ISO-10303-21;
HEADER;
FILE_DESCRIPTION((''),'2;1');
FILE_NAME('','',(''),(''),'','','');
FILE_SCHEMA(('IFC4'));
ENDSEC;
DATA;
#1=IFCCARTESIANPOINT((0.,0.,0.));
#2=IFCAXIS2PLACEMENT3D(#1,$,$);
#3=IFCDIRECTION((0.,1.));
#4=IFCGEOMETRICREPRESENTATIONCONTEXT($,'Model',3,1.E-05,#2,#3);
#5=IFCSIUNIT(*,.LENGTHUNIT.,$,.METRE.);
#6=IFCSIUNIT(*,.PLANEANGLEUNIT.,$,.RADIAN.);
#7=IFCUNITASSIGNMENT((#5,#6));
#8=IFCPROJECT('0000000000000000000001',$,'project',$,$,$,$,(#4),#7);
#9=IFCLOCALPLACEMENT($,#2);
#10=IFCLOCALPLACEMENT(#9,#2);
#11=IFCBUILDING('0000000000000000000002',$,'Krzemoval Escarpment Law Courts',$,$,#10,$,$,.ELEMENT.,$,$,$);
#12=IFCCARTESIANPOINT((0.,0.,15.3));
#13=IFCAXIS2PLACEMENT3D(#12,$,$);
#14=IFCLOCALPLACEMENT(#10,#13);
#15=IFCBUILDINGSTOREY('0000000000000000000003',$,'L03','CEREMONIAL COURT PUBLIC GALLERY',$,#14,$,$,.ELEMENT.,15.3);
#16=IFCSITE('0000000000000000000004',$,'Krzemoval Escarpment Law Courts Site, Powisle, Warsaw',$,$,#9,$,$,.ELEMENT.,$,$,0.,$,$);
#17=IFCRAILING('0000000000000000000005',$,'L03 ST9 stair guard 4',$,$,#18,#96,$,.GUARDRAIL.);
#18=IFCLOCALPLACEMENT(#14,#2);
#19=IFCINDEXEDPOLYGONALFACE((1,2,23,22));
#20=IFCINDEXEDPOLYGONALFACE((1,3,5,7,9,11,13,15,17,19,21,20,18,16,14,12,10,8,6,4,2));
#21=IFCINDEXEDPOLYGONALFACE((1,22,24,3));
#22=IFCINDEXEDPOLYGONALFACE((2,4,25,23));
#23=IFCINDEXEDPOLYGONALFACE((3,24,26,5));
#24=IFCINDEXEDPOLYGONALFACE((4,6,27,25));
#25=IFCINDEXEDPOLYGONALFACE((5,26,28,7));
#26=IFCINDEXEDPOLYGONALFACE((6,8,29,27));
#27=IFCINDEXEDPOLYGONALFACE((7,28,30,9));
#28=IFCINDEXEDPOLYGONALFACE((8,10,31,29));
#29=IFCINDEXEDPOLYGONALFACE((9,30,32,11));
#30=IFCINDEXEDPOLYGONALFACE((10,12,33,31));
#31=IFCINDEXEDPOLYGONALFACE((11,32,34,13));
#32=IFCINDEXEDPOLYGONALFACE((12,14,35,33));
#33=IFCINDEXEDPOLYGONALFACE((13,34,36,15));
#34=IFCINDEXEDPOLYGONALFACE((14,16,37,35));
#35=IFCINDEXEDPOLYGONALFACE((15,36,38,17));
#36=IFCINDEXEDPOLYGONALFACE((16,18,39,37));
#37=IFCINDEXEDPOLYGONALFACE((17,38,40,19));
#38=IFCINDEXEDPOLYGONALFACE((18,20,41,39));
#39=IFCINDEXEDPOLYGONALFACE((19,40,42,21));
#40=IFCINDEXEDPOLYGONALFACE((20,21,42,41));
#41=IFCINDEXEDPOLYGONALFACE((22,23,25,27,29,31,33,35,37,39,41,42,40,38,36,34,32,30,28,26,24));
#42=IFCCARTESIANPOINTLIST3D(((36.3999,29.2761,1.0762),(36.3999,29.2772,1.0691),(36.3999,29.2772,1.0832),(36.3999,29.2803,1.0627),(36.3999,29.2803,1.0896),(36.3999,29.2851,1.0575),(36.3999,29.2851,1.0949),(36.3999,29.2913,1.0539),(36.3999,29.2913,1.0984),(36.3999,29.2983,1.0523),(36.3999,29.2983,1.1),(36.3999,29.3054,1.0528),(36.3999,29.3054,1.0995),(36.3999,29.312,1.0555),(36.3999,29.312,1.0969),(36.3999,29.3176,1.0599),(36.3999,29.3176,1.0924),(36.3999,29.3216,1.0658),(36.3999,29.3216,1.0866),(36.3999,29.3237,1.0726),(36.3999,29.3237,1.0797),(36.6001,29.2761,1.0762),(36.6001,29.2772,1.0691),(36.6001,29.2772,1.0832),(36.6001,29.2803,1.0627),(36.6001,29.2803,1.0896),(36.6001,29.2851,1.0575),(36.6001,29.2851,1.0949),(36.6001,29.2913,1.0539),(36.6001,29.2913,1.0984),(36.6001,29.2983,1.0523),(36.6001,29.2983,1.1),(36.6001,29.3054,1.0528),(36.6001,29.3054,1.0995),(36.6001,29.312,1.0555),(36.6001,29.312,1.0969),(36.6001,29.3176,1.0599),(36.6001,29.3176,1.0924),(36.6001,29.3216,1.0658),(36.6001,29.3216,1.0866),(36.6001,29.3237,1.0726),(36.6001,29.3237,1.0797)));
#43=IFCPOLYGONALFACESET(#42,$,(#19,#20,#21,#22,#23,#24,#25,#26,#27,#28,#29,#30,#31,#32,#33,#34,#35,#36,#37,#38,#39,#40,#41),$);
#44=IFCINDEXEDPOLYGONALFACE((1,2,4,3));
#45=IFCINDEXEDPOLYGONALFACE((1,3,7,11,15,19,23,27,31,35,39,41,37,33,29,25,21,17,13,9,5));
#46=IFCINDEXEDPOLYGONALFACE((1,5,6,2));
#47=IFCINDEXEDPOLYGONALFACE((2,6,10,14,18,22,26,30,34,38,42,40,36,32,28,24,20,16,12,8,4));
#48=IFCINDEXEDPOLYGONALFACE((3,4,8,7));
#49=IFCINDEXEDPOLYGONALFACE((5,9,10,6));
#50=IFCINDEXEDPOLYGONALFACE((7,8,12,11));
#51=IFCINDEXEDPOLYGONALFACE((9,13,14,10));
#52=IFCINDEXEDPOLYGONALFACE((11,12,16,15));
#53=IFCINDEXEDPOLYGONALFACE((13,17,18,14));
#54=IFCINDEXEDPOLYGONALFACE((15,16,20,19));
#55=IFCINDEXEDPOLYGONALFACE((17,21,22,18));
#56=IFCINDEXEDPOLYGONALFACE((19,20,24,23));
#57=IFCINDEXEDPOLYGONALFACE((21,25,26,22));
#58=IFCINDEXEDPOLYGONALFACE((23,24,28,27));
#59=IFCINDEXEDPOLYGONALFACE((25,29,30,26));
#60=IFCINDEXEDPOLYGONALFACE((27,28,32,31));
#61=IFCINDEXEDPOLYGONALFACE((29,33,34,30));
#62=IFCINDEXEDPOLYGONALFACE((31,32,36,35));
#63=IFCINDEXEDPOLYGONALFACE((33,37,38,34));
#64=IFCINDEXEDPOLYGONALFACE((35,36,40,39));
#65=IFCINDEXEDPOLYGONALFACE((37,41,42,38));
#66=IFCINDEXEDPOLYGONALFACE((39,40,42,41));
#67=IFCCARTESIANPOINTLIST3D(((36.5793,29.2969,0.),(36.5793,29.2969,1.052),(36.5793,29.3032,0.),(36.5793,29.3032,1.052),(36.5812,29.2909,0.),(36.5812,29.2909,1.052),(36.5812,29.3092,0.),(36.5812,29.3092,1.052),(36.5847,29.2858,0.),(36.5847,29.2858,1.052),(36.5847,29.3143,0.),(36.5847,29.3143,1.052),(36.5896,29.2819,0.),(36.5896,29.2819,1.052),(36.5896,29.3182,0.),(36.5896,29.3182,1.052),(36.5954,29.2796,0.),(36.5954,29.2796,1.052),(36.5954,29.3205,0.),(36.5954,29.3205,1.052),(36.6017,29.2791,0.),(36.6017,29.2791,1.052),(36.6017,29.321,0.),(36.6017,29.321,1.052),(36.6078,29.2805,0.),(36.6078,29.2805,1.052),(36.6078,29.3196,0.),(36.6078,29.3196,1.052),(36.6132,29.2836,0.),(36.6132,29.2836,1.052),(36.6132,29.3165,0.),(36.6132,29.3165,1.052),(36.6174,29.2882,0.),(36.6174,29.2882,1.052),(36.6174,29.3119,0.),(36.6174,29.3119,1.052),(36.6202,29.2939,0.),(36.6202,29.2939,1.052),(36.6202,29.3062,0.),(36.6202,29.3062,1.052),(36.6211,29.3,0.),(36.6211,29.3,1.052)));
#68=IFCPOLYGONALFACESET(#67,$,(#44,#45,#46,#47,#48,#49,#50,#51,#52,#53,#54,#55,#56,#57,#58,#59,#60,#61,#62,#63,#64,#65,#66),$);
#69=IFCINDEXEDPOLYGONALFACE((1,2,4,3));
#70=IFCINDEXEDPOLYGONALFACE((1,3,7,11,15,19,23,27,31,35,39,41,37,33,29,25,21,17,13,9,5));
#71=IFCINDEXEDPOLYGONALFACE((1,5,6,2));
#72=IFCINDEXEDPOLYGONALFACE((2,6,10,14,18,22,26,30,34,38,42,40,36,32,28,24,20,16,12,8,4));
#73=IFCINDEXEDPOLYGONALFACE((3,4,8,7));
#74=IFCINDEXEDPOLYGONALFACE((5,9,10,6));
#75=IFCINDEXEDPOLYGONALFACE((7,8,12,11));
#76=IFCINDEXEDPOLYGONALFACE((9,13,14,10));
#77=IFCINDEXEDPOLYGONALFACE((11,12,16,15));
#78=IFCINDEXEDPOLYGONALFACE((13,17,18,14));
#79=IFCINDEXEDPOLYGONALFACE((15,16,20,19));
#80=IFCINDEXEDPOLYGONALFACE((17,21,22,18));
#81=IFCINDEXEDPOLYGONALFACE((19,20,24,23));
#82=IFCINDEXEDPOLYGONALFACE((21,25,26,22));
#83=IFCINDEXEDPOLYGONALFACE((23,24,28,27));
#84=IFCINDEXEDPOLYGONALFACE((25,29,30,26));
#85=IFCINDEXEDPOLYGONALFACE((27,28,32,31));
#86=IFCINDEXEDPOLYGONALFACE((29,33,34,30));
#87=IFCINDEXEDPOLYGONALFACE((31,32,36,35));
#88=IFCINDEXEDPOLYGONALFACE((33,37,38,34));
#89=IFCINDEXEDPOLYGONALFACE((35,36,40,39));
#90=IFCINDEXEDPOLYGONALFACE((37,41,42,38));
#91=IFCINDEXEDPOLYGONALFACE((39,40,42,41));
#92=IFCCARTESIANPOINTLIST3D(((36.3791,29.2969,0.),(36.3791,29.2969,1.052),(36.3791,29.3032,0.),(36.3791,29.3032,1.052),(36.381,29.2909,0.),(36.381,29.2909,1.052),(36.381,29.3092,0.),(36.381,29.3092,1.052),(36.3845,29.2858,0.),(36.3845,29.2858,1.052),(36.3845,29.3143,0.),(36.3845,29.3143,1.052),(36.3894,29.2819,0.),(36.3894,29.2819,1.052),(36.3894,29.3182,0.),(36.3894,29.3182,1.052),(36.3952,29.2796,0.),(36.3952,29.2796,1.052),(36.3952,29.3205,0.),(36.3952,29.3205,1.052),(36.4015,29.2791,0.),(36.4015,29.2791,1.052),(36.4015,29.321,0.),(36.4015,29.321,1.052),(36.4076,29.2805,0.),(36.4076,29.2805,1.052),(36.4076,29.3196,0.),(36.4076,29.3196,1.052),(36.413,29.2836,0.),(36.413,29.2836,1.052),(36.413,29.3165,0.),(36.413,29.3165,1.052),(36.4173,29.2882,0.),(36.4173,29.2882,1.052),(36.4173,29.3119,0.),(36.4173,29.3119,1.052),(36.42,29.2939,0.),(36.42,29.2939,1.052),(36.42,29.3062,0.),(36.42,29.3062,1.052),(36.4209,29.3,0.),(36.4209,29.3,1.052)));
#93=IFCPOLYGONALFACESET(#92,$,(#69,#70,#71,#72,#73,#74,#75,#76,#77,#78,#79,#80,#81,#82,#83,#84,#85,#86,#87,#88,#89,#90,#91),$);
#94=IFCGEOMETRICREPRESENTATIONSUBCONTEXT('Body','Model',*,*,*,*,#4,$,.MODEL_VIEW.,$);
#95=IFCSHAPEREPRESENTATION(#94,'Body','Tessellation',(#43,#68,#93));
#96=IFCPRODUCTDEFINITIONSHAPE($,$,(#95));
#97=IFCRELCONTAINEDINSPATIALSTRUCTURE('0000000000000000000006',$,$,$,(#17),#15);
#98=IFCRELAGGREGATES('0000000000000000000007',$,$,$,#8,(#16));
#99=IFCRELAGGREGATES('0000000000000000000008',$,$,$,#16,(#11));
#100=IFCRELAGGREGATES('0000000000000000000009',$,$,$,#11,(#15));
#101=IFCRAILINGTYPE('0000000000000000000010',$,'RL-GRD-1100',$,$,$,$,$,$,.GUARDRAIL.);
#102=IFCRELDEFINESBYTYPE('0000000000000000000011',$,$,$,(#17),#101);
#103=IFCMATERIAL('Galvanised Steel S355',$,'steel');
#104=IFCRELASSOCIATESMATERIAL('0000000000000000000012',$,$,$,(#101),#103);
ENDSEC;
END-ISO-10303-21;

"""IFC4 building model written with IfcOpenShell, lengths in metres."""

from ifc_helpers import new_model, si_unit, direction, frame, origin, origin_2d, place, context, subcontext, project, spatial, circle, extrude, material, type_object, element, save


model = new_model("IFC4")

# Units and contexts
model_context = context("Model", 3, precision=1e-05, world=origin(), true_north=direction((0.0, 1.0)))
body_context = subcontext(model_context, "Body", "Model", "MODEL_VIEW")
ifc_project = project(units=[si_unit("LENGTHUNIT", "METRE"), si_unit("PLANEANGLEUNIT", "RADIAN")], contexts=[model_context])

# Site, building, storey
site_placement = place(None, origin())
site = spatial("IfcSite", under=ifc_project, at=site_placement, Name="Krzemoval Escarpment Law Courts Site, Powisle, Warsaw", CompositionType="ELEMENT", RefElevation=0.0)
building_placement = place(site_placement, origin())
building = spatial("IfcBuilding", under=site, at=building_placement, Name="Krzemoval Escarpment Law Courts", CompositionType="ELEMENT")
storey_placement = place(building_placement, frame((0.0, 0.0, 15.3)))
storey = spatial("IfcBuildingStorey", under=building, at=storey_placement, Name="L03", Description="CEREMONIAL COURT PUBLIC GALLERY", CompositionType="ELEMENT", Elevation=15.3)

# Railing
ifc_material_1 = material(Name="Galvanised Steel S355", Category="steel")
railing_type_1 = type_object("IfcRailingType", Name="RL-GRD-1100", PredefinedType="GUARDRAIL", material=ifc_material_1)
railing_1_placement = place(storey_placement, frame((36.6001, 29.3, 0.0)))
element("IfcRailing", 1, at=railing_1_placement, inside=storey, type_object=railing_type_1, Name="L03 ST9 stair guard 4", PredefinedType="GUARDRAIL", context=body_context, shape_type="SweptSolid", body=[
    extrude(circle(Radius=0.0239, at=origin_2d()), frame((0.0, 0.0, 1.0762), z_axis=(-1.0, 0.0, 0.0), x_axis=(0.0, -1.0, 0.0)), (0.0, 0.0, 1.0), 0.2002),
    extrude(circle(Radius=0.021, at=origin_2d()), origin(), (0.0, 0.0, 1.0), 1.052),
    extrude(circle(Radius=0.021, at=origin_2d()), frame((-0.2002, 0.0, 0.0)), (0.0, 0.0, 1.0), 1.052),
])

save(model, "model.ifc")
